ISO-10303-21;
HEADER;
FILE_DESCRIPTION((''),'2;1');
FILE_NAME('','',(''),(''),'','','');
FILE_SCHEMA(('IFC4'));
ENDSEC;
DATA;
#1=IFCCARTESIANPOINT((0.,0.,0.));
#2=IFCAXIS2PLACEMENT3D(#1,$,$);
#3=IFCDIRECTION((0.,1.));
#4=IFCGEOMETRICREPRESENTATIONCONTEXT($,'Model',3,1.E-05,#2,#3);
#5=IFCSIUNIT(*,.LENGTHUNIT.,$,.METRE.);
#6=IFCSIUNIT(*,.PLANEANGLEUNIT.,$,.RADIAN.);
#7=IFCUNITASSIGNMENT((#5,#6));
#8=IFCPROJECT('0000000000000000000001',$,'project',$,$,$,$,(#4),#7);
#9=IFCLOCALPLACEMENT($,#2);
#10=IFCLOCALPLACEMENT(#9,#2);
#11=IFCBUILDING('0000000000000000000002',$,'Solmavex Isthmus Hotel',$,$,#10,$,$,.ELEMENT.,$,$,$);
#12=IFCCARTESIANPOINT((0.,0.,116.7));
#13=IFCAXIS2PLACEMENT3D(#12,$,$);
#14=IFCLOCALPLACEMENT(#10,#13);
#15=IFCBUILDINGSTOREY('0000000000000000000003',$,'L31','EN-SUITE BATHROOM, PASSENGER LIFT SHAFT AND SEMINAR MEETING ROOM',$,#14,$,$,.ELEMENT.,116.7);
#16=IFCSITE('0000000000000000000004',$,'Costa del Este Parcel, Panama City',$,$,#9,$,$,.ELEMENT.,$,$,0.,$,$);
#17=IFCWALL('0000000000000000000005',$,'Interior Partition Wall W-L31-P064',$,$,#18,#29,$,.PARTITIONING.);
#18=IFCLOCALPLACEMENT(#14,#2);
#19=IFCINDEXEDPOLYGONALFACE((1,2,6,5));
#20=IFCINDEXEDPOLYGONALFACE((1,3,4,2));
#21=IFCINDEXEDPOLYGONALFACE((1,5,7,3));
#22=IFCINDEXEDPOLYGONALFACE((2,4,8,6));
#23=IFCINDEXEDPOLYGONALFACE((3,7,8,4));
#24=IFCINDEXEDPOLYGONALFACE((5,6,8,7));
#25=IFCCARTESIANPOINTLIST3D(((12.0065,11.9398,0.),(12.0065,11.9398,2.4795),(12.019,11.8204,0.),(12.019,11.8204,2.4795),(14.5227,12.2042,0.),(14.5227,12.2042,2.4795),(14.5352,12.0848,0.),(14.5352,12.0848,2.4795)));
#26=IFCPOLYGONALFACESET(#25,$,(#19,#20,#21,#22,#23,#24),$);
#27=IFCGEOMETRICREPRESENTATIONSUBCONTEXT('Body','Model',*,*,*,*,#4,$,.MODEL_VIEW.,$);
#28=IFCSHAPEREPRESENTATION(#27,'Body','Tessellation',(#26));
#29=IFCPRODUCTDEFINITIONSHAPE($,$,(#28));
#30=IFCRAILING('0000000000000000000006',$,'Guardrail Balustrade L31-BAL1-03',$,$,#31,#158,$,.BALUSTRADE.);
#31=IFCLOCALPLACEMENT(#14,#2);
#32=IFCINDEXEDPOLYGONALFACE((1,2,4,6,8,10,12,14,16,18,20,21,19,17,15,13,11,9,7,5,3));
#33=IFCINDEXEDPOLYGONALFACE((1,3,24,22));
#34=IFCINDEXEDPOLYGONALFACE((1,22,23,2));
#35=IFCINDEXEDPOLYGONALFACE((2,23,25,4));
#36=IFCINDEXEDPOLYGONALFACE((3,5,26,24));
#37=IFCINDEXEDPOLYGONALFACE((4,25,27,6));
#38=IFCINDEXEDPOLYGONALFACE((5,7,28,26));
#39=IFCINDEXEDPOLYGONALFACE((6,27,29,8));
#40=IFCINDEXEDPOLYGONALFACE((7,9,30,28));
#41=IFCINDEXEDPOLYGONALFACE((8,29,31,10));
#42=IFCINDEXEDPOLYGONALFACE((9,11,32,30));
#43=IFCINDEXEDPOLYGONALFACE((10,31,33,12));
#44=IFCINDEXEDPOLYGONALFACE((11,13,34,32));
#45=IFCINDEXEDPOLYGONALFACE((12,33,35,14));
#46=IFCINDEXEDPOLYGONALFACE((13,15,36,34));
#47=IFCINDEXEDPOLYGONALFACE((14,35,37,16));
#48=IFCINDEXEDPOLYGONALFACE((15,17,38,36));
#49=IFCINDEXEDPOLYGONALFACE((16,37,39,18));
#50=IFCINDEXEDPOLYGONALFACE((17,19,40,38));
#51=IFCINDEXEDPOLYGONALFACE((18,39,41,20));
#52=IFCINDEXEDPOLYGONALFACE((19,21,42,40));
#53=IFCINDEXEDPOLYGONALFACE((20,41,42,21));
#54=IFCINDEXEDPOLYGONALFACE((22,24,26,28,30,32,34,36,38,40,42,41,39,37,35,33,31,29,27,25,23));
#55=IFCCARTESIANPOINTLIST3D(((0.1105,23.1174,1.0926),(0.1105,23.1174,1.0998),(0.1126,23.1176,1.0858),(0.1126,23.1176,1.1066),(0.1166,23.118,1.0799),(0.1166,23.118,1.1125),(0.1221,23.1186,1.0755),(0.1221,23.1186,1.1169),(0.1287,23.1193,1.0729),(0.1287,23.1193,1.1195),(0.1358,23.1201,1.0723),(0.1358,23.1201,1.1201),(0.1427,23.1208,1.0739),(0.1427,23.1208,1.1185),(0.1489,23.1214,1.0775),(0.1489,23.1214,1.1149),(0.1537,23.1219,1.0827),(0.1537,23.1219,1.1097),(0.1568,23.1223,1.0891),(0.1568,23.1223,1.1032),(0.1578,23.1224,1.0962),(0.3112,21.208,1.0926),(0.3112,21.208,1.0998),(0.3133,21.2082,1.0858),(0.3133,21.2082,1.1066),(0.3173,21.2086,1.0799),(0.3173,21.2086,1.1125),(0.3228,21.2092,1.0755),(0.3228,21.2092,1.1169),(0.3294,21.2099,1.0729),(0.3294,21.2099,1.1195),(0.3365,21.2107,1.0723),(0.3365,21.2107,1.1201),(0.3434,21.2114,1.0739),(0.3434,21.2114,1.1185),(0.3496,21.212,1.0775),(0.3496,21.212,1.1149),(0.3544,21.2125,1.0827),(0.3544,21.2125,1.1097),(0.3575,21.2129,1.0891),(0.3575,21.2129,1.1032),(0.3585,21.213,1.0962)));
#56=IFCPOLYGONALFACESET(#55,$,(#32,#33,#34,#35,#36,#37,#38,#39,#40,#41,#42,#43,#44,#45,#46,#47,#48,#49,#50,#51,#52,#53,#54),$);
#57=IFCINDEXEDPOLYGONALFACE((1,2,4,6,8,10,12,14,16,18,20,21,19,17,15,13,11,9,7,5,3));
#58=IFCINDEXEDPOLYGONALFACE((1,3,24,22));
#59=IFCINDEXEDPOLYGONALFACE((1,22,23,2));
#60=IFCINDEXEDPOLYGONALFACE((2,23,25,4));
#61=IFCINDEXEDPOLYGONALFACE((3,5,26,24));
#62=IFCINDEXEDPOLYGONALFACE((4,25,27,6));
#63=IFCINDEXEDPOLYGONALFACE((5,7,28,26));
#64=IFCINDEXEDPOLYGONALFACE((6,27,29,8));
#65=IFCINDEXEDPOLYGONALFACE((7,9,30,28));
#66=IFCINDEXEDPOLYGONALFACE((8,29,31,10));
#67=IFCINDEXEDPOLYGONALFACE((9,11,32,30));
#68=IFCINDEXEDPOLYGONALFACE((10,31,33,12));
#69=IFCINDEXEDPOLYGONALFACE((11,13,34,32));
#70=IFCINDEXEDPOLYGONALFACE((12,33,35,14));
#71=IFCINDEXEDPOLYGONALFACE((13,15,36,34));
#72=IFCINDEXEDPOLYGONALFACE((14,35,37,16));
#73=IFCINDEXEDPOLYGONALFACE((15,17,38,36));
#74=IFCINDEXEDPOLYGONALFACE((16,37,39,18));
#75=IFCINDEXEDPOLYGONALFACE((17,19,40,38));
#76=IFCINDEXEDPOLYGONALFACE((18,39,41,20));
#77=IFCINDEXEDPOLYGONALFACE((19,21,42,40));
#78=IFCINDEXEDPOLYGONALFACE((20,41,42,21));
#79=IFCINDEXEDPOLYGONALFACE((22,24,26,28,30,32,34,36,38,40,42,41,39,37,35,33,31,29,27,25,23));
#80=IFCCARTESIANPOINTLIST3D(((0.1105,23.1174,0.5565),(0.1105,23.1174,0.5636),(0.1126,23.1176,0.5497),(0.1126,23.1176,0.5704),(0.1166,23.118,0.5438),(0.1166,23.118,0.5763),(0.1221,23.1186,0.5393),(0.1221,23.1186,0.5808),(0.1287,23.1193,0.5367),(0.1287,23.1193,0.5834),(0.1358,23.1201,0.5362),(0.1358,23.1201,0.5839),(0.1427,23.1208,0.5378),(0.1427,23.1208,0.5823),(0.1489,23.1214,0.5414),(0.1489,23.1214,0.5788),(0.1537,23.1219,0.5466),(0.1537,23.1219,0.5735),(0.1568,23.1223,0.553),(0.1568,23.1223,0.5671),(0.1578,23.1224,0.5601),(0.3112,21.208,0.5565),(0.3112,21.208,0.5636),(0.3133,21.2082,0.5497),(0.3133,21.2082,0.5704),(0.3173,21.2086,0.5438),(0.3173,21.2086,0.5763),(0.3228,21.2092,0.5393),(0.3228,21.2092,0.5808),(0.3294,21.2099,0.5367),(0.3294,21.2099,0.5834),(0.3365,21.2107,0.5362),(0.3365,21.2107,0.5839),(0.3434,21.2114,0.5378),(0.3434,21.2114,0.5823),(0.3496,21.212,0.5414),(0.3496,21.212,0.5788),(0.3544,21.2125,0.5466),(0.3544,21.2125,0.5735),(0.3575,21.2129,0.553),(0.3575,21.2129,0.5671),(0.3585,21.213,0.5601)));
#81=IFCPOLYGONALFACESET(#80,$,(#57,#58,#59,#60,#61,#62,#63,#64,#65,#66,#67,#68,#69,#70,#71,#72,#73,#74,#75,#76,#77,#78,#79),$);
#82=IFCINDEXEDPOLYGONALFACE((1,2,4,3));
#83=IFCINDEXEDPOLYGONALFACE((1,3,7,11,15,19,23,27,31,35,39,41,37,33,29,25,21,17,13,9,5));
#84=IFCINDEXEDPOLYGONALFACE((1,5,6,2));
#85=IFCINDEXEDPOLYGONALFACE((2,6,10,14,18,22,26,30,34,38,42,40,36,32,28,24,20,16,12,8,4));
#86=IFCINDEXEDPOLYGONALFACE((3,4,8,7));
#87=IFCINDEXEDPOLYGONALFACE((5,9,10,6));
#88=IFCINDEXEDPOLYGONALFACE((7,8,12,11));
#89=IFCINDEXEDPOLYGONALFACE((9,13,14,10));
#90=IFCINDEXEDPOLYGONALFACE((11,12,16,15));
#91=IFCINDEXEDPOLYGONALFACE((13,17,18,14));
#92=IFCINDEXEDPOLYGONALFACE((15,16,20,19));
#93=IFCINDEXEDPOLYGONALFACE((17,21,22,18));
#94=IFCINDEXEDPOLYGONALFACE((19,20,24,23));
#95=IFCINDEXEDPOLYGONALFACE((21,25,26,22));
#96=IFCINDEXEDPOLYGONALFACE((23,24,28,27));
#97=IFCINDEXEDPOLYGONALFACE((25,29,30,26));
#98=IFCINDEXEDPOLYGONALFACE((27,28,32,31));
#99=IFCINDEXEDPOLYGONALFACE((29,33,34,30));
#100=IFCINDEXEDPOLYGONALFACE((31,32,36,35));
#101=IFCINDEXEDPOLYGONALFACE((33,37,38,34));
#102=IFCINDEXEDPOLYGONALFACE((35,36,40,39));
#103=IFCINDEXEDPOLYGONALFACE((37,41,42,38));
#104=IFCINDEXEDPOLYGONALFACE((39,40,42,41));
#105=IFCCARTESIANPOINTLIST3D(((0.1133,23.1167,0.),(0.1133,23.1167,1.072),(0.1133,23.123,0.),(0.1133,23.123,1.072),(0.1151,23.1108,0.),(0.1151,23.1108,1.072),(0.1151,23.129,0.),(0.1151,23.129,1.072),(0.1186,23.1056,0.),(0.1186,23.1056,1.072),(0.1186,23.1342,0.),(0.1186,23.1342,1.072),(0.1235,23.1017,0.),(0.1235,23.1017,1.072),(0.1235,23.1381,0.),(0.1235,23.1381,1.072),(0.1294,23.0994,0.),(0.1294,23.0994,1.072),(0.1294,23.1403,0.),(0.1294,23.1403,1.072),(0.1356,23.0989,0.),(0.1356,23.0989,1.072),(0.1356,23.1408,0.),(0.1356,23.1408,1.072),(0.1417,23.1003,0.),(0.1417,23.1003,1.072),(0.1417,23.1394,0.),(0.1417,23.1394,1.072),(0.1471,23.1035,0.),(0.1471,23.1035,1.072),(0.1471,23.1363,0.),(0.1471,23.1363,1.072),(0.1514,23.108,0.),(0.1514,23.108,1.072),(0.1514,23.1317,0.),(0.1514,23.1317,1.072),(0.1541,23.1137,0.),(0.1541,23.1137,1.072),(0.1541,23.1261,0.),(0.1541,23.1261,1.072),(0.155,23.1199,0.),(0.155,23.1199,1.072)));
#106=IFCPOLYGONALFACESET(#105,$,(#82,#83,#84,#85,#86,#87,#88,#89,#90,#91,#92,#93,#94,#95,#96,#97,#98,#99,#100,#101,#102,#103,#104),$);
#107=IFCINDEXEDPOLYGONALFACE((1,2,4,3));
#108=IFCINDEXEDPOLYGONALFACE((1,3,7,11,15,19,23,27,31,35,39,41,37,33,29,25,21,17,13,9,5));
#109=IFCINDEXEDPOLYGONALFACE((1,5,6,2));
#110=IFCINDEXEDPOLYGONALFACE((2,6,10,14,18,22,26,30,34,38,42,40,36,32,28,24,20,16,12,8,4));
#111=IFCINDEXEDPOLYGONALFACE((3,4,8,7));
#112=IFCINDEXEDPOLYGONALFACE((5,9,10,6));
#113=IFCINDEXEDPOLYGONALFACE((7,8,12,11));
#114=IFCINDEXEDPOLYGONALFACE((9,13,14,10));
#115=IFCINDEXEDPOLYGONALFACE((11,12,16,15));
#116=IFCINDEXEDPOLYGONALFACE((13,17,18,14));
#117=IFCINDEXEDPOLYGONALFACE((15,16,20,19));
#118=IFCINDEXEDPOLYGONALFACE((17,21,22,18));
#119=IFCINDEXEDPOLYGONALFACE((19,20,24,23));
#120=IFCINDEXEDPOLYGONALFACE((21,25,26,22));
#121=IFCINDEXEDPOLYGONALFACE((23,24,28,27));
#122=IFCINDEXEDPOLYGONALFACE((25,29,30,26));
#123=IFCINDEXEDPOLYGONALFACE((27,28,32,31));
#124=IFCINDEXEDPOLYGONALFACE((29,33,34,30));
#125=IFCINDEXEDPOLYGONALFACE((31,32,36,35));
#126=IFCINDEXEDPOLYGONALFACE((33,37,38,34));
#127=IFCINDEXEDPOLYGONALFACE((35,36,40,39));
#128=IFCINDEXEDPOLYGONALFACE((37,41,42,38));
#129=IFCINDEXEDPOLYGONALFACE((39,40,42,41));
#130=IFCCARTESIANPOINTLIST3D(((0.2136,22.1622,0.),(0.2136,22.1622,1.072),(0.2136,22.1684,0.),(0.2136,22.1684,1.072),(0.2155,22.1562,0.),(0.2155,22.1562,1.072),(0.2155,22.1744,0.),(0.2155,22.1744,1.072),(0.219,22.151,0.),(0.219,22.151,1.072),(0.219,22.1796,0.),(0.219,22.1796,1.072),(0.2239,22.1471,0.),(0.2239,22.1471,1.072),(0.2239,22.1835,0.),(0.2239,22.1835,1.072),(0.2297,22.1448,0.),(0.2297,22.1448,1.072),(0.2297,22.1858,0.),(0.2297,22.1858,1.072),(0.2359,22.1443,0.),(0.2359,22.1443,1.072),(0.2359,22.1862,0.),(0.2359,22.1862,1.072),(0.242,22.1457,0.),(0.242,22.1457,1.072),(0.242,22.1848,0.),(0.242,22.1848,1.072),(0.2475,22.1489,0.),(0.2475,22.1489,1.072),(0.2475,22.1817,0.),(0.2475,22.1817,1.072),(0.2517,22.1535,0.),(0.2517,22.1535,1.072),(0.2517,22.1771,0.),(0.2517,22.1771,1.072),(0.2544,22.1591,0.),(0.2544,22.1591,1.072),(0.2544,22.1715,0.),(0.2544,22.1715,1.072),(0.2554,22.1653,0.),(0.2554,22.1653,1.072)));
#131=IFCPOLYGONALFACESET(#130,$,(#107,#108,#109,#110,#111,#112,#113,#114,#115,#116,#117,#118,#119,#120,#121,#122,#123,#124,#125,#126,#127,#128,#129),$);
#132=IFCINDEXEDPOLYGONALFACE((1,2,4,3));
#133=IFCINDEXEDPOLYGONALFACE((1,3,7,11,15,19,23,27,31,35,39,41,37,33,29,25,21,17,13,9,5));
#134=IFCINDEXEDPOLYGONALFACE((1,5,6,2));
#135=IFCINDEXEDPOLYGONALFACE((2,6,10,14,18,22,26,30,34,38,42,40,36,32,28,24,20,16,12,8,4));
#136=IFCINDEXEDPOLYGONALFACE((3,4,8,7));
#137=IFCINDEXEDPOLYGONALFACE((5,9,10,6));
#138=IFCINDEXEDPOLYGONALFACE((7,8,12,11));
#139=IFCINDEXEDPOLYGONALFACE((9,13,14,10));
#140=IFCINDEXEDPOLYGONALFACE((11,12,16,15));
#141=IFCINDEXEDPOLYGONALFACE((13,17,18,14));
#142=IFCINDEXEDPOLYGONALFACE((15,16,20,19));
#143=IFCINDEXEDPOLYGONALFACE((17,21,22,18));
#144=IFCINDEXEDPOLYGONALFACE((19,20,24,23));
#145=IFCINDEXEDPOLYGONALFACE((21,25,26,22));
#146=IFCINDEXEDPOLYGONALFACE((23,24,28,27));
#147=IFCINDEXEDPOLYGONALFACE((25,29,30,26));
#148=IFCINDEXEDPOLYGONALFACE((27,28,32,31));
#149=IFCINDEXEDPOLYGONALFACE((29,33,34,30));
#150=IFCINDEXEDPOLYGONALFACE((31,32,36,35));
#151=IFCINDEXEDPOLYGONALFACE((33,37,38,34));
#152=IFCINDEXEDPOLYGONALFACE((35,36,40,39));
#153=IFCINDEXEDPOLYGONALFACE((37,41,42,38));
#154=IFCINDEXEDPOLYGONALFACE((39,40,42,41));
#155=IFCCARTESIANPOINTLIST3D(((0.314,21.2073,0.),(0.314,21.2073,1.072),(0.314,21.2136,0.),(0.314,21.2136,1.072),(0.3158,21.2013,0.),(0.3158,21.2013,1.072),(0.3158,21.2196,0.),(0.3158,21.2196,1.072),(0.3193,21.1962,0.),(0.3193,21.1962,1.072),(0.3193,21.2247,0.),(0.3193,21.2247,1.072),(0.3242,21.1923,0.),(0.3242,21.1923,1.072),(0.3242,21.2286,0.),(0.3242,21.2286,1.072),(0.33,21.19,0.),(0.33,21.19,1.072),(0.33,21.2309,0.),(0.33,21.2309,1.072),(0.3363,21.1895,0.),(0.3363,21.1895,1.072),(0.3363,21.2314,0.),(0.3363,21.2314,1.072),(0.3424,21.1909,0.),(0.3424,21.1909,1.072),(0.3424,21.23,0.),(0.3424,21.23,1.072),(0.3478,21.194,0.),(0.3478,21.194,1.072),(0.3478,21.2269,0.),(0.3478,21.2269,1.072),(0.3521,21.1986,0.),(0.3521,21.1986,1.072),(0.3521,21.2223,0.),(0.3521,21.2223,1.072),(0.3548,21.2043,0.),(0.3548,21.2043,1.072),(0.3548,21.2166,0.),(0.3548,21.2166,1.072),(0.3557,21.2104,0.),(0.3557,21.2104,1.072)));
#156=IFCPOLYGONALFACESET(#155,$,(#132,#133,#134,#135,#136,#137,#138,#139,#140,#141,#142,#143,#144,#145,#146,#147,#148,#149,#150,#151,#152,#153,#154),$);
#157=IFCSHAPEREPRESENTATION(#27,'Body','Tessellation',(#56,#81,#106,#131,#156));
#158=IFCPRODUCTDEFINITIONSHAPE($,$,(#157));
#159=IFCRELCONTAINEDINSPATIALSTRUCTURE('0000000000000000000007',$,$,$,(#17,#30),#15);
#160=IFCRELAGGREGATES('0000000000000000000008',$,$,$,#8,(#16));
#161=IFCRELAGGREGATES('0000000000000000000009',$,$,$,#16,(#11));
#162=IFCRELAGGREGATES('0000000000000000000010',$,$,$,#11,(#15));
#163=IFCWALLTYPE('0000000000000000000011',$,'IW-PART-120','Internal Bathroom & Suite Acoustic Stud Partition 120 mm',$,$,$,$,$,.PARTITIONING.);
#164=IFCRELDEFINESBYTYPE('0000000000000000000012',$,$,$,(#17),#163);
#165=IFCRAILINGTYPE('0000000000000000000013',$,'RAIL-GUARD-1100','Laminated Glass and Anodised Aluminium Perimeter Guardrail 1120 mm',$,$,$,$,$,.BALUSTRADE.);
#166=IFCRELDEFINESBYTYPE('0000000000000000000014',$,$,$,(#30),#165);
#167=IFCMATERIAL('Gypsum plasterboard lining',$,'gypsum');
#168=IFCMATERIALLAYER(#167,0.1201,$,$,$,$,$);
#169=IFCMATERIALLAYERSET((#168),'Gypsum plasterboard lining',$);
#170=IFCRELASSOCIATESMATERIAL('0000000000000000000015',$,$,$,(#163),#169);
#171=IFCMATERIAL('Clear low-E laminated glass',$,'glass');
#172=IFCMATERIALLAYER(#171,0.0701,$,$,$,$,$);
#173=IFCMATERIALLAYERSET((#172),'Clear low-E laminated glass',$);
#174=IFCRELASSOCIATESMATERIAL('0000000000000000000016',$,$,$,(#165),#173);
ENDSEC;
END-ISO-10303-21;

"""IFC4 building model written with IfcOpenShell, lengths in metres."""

from ifc_helpers import new_model, si_unit, direction, frame, frame_2d, origin, origin_2d, place, context, subcontext, project, spatial, rectangle, circle, extrude, material, layer, layer_set, type_object, element, save


model = new_model("IFC4")

# Units and contexts
model_context = context("Model", 3, precision=1e-05, world=origin(), true_north=direction((0.0, 1.0)))
body_context = subcontext(model_context, "Body", "Model", "MODEL_VIEW")
ifc_project = project(units=[si_unit("LENGTHUNIT", "METRE"), si_unit("PLANEANGLEUNIT", "RADIAN")], contexts=[model_context])

# Site, building, storey
site_placement = place(None, origin())
site = spatial("IfcSite", under=ifc_project, at=site_placement, Name="Costa del Este Parcel, Panama City", CompositionType="ELEMENT", RefElevation=0.0)
building_placement = place(site_placement, origin())
building = spatial("IfcBuilding", under=site, at=building_placement, Name="Solmavex Isthmus Hotel", CompositionType="ELEMENT")
storey_placement = place(building_placement, frame((0.0, 0.0, 116.7)))
storey = spatial("IfcBuildingStorey", under=building, at=storey_placement, Name="L31", Description="EN-SUITE BATHROOM, PASSENGER LIFT SHAFT AND SEMINAR MEETING ROOM", CompositionType="ELEMENT", Elevation=116.7)

# Shared definitions
ifc_material_1 = material(Name="Clear low-E laminated glass", Category="glass")

# Wall
ifc_material_2 = material(Name="Gypsum plasterboard lining", Category="gypsum")
ifc_layer_1 = layer(ifc_material_2, 0.1201)
ifc_layer_set_1 = layer_set([ifc_layer_1], Name="Gypsum plasterboard lining")
wall_type_1 = type_object("IfcWallType", Name="IW-PART-120", Description="Internal Bathroom & Suite Acoustic Stud Partition 120 mm", PredefinedType="PARTITIONING", material=ifc_layer_set_1)
wall_1_placement = place(storey_placement, frame((14.5291, 12.1445, 0.0), z_axis=(0.0, 0.0, 1.0), x_axis=(-0.994524, -0.104509, 0.0)))
element("IfcWall", 1, at=wall_1_placement, inside=storey, type_object=wall_type_1, Name="Interior Partition Wall W-L31-P064", PredefinedType="PARTITIONING", context=body_context, shape_type="SweptSolid", body=[
    extrude(rectangle(XDim=2.53, YDim=0.1201, at=frame_2d((1.2651, 0.0))), origin(), (0.0, 0.0, 1.0), 2.4795),
])

# Railing
ifc_layer_2 = layer(ifc_material_1, 0.0701)
ifc_layer_set_2 = layer_set([ifc_layer_2], Name="Clear low-E laminated glass")
railing_type = type_object("IfcRailingType", Name="RAIL-GUARD-1100", Description="Laminated Glass and Anodised Aluminium Perimeter Guardrail 1120 mm", PredefinedType="BALUSTRADE", material=ifc_layer_set_2)
railing_1_placement = place(storey_placement, frame((0.134, 23.1199, 0.0)))
element("IfcRailing", 2, at=railing_1_placement, inside=storey, type_object=railing_type, Name="Guardrail Balustrade L31-BAL1-03", PredefinedType="BALUSTRADE", context=body_context, shape_type="SweptSolid", body=[
    extrude(circle(Radius=0.0239, at=origin_2d()), frame((0.0, 0.0, 1.0962), z_axis=(0.104526, -0.994522, 0.0), x_axis=(0.994522, 0.104526, 0.0)), (0.0, 0.0, 1.0), 1.9199),
    extrude(circle(Radius=0.0239, at=origin_2d()), frame((0.0, 0.0, 0.5601), z_axis=(0.104526, -0.994522, 0.0), x_axis=(0.994522, 0.104526, 0.0)), (0.0, 0.0, 1.0), 1.9199),
    extrude(circle(Radius=0.021, at=origin_2d()), origin(), (0.0, 0.0, 1.0), 1.072),
    extrude(circle(Radius=0.021, at=origin_2d()), frame((0.1003, -0.9546, 0.0)), (0.0, 0.0, 1.0), 1.072),
    extrude(circle(Radius=0.021, at=origin_2d()), frame((0.2007, -1.9094, 0.0)), (0.0, 0.0, 1.0), 1.072),
])

save(model, "model.ifc")
